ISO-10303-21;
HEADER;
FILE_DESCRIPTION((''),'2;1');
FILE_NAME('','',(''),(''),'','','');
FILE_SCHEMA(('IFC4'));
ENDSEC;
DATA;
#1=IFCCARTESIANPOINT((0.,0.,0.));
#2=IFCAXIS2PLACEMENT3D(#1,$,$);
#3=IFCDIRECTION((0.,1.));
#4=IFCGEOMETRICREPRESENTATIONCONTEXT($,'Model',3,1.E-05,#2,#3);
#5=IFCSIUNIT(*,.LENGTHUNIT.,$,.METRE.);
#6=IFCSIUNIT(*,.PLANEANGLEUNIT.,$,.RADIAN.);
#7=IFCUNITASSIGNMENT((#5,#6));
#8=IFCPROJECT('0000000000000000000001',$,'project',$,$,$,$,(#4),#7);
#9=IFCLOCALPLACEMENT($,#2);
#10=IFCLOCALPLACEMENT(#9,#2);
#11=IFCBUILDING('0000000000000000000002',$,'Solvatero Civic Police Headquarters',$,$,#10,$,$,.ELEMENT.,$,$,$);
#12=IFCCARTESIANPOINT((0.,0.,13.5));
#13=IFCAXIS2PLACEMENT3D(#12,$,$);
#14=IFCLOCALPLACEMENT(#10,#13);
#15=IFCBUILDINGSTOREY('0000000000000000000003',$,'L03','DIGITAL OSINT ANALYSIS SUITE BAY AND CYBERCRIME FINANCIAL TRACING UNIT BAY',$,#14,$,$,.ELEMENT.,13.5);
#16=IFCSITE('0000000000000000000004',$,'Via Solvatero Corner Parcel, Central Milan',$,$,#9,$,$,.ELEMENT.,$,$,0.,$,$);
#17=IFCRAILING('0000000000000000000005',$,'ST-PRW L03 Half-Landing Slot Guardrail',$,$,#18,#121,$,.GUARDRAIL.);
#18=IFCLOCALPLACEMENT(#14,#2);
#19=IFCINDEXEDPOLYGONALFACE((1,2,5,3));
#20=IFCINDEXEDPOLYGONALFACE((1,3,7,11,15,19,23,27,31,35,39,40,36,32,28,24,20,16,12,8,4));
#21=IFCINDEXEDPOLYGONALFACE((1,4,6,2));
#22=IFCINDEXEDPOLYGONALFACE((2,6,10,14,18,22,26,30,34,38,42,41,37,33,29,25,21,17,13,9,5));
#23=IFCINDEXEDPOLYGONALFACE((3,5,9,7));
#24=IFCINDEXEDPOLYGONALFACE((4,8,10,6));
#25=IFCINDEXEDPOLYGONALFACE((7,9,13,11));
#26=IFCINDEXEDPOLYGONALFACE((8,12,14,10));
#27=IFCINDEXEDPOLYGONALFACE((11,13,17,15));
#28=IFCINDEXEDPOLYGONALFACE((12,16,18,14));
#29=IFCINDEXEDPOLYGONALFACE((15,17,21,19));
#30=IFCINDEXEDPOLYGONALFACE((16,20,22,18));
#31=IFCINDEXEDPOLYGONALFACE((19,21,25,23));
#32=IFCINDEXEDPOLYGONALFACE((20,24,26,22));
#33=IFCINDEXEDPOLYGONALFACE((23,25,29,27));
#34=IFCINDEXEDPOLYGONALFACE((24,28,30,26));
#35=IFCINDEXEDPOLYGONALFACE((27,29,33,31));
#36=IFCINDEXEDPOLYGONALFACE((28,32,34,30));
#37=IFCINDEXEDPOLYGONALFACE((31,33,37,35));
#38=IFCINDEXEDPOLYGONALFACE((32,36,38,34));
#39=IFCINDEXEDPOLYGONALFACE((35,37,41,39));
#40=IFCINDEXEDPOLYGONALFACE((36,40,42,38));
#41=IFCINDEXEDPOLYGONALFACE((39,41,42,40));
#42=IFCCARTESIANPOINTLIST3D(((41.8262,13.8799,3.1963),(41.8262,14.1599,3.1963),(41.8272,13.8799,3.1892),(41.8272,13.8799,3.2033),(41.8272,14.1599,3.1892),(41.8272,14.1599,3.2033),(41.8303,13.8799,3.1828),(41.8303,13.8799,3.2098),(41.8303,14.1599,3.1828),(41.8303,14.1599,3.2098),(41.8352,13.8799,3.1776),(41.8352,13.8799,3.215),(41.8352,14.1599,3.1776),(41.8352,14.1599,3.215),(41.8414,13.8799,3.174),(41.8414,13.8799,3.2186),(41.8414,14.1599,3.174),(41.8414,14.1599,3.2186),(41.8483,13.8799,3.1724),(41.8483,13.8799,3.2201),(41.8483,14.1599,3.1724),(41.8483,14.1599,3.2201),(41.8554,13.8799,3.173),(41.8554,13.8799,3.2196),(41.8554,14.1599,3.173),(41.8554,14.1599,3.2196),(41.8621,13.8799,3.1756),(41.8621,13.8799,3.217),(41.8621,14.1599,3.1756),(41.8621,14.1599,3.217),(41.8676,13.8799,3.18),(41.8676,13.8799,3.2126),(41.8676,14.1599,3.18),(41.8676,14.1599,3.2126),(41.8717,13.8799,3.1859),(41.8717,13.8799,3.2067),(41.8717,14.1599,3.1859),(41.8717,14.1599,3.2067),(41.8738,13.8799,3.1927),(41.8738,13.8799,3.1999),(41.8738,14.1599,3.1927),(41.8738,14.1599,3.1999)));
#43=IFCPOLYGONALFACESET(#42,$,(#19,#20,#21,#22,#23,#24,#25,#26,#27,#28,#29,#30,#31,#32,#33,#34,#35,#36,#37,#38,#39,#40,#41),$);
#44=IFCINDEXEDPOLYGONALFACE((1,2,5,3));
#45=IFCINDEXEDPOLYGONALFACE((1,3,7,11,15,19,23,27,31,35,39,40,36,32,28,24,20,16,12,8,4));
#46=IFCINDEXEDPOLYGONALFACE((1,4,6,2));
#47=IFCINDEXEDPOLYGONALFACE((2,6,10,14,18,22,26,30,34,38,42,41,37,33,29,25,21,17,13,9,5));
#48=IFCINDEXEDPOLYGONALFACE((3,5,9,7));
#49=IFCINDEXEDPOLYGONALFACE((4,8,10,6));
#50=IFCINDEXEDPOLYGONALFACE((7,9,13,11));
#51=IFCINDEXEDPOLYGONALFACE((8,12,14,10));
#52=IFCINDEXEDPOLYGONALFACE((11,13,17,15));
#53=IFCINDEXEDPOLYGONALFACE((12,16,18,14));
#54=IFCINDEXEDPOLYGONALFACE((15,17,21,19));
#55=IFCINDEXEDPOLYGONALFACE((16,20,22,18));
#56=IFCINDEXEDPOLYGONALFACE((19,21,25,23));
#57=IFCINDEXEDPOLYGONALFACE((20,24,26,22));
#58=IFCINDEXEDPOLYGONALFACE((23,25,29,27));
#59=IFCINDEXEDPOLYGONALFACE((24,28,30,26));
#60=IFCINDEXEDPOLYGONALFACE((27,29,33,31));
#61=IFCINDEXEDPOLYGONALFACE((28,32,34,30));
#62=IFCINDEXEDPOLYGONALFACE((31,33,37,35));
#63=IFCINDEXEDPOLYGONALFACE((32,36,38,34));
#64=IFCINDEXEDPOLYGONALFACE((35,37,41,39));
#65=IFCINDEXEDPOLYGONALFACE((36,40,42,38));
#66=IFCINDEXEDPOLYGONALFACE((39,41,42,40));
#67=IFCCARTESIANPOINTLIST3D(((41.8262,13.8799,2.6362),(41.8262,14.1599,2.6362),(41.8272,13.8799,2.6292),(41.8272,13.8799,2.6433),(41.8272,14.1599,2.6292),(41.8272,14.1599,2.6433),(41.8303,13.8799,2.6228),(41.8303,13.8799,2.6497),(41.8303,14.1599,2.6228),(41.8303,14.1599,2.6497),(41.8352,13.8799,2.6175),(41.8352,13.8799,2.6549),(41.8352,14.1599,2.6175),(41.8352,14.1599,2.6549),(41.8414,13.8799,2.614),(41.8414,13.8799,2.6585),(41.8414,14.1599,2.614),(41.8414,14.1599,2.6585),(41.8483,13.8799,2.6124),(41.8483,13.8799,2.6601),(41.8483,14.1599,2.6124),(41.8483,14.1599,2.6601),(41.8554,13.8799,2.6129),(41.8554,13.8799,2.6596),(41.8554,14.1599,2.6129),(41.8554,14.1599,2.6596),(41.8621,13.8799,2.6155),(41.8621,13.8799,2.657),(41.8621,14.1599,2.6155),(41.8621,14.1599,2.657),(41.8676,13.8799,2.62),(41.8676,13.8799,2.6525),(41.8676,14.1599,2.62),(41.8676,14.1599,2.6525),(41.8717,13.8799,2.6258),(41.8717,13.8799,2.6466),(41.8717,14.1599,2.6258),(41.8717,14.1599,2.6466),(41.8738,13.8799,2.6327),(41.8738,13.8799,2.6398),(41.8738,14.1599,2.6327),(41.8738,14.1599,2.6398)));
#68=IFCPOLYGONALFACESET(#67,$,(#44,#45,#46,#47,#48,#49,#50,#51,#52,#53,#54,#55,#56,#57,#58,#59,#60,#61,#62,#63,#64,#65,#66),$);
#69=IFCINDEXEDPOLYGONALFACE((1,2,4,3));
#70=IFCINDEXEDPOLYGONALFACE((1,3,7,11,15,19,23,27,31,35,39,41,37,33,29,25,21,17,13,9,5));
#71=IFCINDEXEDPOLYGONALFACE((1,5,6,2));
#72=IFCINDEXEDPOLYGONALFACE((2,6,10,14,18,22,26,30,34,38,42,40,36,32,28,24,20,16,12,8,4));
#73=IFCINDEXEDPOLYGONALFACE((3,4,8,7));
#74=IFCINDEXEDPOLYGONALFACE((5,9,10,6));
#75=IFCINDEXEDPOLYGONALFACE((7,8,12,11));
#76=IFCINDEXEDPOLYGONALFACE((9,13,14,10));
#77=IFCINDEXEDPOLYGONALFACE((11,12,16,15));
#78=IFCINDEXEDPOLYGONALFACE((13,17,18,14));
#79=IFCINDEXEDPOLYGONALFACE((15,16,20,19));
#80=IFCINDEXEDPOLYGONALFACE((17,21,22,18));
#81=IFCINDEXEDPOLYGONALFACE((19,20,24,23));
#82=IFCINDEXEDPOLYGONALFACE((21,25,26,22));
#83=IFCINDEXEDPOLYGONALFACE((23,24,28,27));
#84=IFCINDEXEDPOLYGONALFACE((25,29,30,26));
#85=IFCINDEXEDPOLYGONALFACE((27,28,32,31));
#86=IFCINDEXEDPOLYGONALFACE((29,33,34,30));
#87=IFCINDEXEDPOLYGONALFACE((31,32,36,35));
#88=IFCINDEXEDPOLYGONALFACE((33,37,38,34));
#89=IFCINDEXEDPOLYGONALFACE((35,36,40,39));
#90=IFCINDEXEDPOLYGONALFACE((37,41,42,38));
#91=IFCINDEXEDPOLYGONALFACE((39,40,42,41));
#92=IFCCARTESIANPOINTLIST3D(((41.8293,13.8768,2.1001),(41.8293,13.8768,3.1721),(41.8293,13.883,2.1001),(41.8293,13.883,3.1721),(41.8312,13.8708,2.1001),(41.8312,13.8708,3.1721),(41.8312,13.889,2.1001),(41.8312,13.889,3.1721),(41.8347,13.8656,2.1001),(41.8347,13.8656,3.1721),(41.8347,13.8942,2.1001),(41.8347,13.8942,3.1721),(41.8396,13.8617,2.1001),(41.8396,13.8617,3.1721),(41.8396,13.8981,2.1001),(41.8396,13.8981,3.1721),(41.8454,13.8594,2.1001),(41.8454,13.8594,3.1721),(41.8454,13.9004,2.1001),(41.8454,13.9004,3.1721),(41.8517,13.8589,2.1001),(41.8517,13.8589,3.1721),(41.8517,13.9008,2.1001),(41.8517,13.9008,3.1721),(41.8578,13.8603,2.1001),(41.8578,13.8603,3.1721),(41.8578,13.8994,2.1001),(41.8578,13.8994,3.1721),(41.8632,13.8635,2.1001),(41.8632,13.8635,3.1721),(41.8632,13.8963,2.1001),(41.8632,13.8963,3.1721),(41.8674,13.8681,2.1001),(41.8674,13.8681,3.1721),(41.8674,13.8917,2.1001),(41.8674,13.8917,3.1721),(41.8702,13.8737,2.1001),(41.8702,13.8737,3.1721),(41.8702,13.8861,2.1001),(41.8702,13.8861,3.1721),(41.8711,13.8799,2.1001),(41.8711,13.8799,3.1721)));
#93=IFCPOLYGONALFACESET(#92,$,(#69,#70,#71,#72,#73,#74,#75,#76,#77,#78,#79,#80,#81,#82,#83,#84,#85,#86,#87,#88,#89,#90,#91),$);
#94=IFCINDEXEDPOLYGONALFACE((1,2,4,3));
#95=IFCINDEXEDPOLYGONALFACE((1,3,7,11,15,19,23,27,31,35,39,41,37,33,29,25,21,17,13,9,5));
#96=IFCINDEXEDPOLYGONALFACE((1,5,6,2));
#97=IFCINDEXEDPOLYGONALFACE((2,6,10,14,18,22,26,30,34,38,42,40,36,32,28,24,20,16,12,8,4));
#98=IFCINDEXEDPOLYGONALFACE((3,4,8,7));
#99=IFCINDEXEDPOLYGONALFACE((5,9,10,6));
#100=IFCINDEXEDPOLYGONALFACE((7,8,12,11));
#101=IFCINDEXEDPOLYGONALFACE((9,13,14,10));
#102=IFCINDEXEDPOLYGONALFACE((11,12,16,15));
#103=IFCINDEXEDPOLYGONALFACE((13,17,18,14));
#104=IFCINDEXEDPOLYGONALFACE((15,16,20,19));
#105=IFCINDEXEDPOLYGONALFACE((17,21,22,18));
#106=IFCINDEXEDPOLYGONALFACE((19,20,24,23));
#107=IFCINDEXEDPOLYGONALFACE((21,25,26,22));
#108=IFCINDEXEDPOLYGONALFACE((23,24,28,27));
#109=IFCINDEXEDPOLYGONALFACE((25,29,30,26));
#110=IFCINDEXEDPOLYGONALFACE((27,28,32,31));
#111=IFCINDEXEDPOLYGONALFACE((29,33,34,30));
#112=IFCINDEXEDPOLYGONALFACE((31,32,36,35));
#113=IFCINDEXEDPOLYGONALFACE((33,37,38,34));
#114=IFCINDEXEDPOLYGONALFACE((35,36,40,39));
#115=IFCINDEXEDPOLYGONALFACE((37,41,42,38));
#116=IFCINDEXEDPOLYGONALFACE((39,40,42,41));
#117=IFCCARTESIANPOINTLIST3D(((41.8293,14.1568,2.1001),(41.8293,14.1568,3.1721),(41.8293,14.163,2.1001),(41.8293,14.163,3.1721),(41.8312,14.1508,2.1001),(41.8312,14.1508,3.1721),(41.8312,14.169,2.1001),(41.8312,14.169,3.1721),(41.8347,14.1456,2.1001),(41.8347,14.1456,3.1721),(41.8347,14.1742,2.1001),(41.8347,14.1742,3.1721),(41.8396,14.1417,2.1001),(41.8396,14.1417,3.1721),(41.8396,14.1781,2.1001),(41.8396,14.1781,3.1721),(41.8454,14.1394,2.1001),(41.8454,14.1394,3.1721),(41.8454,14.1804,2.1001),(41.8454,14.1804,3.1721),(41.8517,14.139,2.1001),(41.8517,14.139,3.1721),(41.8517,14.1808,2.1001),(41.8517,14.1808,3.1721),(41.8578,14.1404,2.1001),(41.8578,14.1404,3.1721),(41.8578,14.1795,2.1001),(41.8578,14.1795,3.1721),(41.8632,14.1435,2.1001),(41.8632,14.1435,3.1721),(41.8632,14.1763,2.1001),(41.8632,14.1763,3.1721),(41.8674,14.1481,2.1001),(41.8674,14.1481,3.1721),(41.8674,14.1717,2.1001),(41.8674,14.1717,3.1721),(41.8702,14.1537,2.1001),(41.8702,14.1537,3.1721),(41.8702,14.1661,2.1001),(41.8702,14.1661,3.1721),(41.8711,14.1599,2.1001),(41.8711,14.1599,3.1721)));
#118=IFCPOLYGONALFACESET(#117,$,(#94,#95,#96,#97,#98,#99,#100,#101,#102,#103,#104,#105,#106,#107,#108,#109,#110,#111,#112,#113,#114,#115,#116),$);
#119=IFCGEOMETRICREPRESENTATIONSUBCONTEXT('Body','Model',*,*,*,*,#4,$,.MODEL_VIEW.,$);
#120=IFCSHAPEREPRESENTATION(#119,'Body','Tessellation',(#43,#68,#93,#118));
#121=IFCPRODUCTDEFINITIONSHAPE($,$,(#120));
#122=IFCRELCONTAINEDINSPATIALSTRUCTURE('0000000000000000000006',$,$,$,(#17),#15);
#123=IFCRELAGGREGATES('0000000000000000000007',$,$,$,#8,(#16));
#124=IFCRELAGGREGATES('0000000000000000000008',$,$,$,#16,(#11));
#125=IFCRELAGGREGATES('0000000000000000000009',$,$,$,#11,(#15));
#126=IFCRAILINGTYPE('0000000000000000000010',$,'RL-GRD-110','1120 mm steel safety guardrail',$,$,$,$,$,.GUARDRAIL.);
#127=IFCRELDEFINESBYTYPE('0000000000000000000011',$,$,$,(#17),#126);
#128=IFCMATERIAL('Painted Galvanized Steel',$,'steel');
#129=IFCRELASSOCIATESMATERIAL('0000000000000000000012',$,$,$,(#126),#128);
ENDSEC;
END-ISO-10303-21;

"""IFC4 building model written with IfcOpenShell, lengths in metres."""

from ifc_helpers import new_model, si_unit, direction, frame, origin, origin_2d, place, context, subcontext, project, spatial, circle, extrude, material, type_object, element, save


model = new_model("IFC4")

# Units and contexts
model_context = context("Model", 3, precision=1e-05, world=origin(), true_north=direction((0.0, 1.0)))
body_context = subcontext(model_context, "Body", "Model", "MODEL_VIEW")
ifc_project = project(units=[si_unit("LENGTHUNIT", "METRE"), si_unit("PLANEANGLEUNIT", "RADIAN")], contexts=[model_context])

# Site, building, storey
site_placement = place(None, origin())
site = spatial("IfcSite", under=ifc_project, at=site_placement, Name="Via Solvatero Corner Parcel, Central Milan", CompositionType="ELEMENT", RefElevation=0.0)
building_placement = place(site_placement, origin())
building = spatial("IfcBuilding", under=site, at=building_placement, Name="Solvatero Civic Police Headquarters", CompositionType="ELEMENT")
storey_placement = place(building_placement, frame((0.0, 0.0, 13.5)))
storey = spatial("IfcBuildingStorey", under=building, at=storey_placement, Name="L03", Description="DIGITAL OSINT ANALYSIS SUITE BAY AND CYBERCRIME FINANCIAL TRACING UNIT BAY", CompositionType="ELEMENT", Elevation=13.5)

# Railing
ifc_material_1 = material(Name="Painted Galvanized Steel", Category="steel")
railing_type_1 = type_object("IfcRailingType", Name="RL-GRD-110", Description="1120 mm steel safety guardrail", PredefinedType="GUARDRAIL", material=ifc_material_1)
railing_1_placement = place(storey_placement, frame((41.8501, 13.8799, 2.1001)))
element("IfcRailing", 1, at=railing_1_placement, inside=storey, type_object=railing_type_1, Name="ST-PRW L03 Half-Landing Slot Guardrail", PredefinedType="GUARDRAIL", context=body_context, shape_type="SweptSolid", body=[
    extrude(circle(Radius=0.0239, at=origin_2d()), frame((0.0, 0.0, 1.0962), z_axis=(0.0, 1.0, 0.0), x_axis=(-1.0, 0.0, 0.0)), (0.0, 0.0, 1.0), 0.28),
    extrude(circle(Radius=0.0239, at=origin_2d()), frame((0.0, 0.0, 0.5361), z_axis=(0.0, 1.0, 0.0), x_axis=(-1.0, 0.0, 0.0)), (0.0, 0.0, 1.0), 0.28),
    extrude(circle(Radius=0.021, at=origin_2d()), origin(), (0.0, 0.0, 1.0), 1.072),
    extrude(circle(Radius=0.021, at=origin_2d()), frame((0.0, 0.28, 0.0)), (0.0, 0.0, 1.0), 1.072),
])

save(model, "model.ifc")
